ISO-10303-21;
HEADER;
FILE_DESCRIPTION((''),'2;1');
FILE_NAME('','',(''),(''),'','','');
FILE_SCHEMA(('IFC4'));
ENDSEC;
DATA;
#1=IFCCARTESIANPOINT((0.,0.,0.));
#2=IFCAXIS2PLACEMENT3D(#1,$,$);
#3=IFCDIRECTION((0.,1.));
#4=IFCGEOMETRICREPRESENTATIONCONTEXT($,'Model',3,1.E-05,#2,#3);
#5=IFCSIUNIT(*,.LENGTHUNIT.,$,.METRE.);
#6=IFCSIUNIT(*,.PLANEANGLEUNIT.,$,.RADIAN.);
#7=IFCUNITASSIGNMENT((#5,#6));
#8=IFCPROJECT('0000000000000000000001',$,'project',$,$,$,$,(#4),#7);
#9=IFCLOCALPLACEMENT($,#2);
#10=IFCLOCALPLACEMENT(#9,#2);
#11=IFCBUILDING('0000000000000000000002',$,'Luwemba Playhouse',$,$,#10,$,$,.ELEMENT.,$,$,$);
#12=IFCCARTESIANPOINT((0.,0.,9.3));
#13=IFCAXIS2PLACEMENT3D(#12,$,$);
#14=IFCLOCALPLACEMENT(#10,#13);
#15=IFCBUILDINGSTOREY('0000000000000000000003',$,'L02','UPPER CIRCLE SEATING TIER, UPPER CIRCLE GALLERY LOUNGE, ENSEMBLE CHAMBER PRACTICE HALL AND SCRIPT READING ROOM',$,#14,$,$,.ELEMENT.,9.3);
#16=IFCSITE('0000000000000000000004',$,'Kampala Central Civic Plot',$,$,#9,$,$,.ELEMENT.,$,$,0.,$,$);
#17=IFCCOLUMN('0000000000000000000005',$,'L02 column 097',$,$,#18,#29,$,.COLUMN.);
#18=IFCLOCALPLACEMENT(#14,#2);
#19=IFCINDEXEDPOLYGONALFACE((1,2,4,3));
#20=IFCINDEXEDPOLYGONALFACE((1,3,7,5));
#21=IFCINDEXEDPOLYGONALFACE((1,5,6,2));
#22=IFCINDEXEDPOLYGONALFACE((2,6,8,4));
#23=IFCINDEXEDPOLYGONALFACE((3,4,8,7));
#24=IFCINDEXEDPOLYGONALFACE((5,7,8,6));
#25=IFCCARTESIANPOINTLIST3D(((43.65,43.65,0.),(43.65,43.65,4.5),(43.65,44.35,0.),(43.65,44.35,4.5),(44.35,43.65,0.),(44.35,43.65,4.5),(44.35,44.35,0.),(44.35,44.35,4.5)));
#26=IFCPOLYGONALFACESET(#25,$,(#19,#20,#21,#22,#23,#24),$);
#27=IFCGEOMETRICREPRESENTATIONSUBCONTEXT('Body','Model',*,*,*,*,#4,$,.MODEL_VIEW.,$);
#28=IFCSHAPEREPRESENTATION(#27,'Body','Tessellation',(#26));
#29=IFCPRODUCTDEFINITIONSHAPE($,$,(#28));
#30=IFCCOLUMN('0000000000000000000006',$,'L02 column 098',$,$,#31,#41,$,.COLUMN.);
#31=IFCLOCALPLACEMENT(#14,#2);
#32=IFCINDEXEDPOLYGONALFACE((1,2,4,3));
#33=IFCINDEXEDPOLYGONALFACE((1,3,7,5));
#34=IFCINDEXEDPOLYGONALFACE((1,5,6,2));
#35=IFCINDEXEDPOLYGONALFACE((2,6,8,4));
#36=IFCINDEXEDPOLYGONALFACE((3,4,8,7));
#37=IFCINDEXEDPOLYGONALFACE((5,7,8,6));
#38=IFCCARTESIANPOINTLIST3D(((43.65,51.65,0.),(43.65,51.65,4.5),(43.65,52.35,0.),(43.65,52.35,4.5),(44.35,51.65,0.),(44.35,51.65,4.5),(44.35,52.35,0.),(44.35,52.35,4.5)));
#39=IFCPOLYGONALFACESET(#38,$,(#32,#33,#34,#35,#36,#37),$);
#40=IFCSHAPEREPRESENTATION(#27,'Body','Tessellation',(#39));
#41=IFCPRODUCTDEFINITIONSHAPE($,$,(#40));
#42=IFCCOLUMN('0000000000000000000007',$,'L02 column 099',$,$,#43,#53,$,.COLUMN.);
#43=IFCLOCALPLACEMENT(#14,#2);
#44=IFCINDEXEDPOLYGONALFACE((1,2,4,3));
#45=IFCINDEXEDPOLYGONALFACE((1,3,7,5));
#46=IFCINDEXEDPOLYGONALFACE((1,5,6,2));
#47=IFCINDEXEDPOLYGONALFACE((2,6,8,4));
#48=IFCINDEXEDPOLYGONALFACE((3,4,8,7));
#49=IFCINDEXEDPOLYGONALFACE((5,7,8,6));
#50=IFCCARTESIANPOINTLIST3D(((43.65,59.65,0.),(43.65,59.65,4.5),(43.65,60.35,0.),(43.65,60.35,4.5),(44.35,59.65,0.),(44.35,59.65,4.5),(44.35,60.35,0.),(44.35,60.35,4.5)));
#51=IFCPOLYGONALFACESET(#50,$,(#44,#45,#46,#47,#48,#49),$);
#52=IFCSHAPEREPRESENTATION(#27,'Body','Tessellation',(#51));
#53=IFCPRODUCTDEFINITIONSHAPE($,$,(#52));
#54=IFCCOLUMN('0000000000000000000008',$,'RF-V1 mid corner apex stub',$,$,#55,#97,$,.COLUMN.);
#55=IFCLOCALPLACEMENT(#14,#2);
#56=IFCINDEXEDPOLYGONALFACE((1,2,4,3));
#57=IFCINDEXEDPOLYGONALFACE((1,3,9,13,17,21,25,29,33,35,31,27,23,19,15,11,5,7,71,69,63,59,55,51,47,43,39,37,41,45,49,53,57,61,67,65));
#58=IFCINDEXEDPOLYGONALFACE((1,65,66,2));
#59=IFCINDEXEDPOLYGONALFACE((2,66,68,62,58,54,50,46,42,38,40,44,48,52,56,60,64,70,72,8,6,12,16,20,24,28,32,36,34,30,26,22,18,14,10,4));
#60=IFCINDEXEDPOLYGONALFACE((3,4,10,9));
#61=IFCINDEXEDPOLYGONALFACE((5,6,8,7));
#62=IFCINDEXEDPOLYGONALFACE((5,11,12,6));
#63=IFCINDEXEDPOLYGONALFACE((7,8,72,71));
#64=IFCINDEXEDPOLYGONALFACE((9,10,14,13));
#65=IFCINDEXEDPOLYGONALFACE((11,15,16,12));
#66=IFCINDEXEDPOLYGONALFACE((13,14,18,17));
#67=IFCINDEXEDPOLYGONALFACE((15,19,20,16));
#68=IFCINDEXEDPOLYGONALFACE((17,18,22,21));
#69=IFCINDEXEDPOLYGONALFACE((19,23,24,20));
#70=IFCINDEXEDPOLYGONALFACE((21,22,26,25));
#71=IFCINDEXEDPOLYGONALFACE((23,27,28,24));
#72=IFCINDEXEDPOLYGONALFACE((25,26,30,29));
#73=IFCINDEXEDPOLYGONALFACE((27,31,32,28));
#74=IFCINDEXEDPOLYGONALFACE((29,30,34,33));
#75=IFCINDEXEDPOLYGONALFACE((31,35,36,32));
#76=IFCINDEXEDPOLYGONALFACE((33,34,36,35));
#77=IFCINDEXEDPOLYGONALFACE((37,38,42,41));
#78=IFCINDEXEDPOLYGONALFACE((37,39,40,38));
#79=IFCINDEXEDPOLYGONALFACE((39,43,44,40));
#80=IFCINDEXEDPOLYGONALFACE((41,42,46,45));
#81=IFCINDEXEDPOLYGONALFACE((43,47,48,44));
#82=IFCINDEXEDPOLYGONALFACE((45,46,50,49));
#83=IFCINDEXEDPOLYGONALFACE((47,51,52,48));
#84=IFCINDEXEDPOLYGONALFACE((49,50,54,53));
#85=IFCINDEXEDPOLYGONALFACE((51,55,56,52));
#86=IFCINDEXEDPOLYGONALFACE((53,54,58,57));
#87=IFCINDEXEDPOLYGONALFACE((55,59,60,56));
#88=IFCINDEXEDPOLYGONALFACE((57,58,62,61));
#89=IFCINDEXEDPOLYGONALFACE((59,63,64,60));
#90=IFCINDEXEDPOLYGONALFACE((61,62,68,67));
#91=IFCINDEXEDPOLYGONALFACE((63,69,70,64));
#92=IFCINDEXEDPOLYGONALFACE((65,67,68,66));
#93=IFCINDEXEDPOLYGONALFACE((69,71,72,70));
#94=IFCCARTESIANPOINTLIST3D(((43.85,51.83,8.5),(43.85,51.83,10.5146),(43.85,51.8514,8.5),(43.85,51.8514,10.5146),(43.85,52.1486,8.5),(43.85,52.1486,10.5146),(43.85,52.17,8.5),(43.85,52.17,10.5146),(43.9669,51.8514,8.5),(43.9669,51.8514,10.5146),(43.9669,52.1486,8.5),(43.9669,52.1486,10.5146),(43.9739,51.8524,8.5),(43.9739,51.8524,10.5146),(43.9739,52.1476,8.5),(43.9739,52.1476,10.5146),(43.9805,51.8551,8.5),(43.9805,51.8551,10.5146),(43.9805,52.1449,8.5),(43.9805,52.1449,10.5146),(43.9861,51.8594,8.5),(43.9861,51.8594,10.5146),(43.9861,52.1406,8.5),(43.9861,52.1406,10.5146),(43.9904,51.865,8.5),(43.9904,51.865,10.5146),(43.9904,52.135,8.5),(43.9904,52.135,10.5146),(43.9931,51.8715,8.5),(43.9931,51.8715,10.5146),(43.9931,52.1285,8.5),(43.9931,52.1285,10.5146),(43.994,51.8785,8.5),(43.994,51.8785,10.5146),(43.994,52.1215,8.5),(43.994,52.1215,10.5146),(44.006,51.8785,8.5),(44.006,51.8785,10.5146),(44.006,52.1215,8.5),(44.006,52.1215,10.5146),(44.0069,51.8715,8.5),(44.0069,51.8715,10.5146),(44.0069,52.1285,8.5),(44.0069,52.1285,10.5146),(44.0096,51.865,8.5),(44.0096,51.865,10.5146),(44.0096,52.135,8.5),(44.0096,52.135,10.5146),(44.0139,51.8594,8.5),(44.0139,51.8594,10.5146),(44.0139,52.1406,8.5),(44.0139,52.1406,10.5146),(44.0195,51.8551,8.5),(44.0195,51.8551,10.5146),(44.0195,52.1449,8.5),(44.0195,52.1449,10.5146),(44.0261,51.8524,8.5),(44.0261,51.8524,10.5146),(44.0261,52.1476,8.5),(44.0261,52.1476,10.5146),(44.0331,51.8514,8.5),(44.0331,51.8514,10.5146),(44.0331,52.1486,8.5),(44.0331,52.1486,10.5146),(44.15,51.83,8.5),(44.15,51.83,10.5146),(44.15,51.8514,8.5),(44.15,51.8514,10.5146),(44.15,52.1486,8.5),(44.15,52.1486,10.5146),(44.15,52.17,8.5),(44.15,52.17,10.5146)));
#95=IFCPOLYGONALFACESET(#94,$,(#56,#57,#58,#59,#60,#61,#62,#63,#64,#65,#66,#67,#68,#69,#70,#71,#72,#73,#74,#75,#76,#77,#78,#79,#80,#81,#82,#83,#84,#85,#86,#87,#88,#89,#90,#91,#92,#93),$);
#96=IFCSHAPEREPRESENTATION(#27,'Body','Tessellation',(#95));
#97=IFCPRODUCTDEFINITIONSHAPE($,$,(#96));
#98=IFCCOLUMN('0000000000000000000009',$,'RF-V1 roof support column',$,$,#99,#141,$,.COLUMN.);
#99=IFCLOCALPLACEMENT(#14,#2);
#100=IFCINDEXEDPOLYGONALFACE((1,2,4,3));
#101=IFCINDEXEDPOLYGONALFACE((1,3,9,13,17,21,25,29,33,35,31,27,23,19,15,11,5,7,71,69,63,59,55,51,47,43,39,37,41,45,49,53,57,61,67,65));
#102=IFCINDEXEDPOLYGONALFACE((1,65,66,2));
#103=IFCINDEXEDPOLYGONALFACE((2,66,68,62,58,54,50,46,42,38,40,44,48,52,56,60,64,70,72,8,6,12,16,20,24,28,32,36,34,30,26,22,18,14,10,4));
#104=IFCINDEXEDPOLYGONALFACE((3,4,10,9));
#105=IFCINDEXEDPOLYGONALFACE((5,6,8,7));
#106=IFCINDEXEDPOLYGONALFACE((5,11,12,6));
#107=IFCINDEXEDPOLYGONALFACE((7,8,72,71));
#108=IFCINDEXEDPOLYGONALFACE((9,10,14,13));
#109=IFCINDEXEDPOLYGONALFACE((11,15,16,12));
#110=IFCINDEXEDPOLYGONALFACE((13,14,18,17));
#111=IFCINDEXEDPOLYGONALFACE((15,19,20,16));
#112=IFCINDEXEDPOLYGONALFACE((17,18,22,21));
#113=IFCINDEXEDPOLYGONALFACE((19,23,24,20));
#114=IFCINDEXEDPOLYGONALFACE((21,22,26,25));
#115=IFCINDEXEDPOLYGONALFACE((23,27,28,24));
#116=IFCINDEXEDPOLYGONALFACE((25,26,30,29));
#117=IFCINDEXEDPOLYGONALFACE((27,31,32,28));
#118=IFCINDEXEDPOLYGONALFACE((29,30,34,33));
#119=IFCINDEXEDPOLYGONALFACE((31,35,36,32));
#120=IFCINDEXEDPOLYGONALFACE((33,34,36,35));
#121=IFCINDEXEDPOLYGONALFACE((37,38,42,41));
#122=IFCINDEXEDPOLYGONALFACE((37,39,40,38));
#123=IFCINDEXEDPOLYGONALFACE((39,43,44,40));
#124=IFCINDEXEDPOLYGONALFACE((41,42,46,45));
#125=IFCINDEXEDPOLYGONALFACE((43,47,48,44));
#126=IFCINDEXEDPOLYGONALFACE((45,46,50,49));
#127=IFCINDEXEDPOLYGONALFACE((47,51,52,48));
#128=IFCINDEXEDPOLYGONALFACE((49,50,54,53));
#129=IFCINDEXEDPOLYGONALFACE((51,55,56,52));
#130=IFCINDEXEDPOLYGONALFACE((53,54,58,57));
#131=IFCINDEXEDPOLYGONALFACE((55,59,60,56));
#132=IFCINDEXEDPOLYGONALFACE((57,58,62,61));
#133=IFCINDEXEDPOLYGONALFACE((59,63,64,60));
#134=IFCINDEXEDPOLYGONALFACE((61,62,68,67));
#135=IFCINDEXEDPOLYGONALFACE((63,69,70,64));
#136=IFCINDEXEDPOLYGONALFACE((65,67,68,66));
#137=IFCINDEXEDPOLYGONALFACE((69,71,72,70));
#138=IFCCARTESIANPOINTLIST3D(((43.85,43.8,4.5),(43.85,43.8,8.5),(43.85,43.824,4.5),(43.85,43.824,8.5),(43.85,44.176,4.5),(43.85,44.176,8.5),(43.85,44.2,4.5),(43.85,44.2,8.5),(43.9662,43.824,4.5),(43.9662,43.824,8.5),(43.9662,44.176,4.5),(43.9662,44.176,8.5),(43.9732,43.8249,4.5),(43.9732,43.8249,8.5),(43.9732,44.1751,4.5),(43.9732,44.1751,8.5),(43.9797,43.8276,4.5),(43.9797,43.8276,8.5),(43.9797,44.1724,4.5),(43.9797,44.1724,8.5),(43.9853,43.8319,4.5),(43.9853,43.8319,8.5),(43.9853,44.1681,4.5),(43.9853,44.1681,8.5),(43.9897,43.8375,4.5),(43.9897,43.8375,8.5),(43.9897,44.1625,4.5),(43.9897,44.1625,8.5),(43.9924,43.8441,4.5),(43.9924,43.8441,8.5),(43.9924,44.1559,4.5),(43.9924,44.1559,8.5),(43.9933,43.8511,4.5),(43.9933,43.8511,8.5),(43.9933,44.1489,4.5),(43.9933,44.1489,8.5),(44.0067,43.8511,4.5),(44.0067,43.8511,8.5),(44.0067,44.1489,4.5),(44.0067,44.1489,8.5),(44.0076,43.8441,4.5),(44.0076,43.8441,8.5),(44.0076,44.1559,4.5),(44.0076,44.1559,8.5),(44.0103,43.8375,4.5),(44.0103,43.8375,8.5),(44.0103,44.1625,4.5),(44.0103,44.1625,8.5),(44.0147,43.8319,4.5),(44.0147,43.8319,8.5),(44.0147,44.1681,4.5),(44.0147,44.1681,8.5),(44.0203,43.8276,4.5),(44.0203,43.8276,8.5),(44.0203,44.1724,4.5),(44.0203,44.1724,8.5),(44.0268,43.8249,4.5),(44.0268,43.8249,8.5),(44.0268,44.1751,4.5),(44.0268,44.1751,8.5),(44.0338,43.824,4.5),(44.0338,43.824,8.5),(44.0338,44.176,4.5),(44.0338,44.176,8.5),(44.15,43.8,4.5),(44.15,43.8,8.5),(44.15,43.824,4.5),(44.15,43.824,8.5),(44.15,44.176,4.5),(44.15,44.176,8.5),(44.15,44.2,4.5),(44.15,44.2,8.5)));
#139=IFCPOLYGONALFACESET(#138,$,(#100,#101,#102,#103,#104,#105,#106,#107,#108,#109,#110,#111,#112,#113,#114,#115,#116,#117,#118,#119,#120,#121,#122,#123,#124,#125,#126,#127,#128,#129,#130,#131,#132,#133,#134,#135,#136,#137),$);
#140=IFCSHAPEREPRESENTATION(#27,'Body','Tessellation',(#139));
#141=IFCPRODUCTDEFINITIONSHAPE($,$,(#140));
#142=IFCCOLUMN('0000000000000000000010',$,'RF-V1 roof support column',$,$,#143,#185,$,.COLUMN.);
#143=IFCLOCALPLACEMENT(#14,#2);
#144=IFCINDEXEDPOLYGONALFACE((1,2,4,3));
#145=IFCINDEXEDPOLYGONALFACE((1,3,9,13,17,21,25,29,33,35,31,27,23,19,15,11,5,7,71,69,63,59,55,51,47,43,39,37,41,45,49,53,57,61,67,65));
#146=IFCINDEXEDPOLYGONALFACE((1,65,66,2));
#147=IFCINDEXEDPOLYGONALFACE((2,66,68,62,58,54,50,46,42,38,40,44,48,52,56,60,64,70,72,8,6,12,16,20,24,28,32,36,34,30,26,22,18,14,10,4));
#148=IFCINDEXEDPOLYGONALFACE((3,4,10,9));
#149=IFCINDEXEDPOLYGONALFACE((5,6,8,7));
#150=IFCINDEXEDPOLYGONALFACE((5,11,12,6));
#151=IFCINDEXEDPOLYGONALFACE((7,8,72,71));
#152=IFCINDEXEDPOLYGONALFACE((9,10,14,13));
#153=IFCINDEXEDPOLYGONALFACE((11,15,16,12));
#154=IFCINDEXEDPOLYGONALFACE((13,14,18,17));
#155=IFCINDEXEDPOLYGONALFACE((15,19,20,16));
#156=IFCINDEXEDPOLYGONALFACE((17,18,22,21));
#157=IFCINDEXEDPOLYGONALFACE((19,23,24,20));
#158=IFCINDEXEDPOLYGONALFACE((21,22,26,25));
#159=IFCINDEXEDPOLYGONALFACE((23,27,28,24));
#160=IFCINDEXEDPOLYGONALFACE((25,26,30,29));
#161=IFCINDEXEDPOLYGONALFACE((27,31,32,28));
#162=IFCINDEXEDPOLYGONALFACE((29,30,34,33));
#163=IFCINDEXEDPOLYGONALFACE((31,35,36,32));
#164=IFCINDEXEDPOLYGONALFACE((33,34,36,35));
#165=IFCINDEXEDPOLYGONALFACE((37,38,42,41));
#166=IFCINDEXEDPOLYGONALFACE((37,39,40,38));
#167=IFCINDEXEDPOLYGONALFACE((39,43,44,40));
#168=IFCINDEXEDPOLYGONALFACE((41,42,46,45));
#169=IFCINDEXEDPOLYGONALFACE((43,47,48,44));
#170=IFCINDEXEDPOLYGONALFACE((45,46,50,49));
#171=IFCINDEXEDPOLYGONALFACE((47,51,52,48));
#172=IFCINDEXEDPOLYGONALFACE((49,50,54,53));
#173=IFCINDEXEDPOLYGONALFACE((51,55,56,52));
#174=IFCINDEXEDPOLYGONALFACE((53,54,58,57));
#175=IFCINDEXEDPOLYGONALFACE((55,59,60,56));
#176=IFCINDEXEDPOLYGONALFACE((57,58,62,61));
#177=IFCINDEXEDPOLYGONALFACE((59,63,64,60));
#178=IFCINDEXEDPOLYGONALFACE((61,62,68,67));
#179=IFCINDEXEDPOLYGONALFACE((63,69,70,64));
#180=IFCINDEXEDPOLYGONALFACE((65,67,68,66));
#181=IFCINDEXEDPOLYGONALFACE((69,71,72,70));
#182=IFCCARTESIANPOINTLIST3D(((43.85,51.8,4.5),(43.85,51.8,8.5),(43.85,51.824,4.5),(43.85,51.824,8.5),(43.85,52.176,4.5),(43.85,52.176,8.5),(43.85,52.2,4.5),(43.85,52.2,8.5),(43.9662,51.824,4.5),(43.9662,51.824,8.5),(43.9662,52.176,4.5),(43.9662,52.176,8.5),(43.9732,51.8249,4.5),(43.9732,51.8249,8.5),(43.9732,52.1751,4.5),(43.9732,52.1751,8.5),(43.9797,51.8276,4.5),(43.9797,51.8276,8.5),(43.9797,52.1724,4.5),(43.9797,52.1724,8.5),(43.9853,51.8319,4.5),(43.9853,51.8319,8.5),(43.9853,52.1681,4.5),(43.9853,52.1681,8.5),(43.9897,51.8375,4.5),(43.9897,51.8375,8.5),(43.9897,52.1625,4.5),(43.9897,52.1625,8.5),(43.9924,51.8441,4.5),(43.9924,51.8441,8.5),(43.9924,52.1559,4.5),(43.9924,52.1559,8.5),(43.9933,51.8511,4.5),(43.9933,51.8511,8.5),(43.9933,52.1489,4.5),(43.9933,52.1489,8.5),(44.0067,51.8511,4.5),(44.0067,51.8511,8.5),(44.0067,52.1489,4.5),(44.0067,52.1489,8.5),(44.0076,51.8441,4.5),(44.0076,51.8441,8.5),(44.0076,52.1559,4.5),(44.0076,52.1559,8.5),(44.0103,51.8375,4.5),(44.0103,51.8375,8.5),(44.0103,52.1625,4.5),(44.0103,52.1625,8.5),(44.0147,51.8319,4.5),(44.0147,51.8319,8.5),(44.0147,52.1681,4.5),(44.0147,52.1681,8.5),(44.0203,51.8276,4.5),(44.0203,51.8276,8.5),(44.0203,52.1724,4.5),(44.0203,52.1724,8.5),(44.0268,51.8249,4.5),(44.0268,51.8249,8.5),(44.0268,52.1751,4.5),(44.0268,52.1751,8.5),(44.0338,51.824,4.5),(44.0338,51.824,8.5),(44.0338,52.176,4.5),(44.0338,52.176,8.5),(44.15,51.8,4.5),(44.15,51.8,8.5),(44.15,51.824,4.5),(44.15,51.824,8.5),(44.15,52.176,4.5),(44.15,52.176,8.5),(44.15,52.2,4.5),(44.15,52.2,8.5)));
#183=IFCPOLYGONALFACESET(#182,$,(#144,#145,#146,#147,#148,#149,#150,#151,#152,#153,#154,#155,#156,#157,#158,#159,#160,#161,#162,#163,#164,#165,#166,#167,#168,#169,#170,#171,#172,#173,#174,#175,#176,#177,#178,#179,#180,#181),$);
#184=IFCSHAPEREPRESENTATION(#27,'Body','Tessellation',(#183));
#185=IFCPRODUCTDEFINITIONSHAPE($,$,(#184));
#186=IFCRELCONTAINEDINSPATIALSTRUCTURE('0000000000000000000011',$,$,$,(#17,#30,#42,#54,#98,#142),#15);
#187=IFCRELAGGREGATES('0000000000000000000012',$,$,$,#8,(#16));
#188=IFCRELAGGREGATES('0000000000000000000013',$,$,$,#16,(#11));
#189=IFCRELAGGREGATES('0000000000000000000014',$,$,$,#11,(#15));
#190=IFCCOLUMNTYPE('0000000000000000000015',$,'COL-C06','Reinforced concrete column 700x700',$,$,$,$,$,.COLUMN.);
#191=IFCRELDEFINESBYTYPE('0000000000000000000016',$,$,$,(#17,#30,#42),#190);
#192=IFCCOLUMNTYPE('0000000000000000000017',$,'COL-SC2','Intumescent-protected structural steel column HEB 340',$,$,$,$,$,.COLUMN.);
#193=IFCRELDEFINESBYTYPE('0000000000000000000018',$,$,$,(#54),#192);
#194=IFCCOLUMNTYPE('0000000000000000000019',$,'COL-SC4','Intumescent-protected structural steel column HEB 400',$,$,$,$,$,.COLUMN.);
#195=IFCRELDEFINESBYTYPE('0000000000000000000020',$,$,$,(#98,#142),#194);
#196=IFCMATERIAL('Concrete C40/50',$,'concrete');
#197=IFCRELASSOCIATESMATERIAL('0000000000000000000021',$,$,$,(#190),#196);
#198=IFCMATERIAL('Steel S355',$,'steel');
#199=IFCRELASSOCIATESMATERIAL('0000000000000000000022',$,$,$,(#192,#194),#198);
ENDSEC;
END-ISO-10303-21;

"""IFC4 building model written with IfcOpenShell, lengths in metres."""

from ifc_helpers import new_model, si_unit, direction, frame, origin, origin_2d, place, context, subcontext, project, spatial, rectangle, i_section, extrude, material, material_profile, profile_set, type_object, element, save


model = new_model("IFC4")

# Units and contexts
model_context = context("Model", 3, precision=1e-05, world=origin(), true_north=direction((0.0, 1.0)))
body_context = subcontext(model_context, "Body", "Model", "MODEL_VIEW")
ifc_project = project(units=[si_unit("LENGTHUNIT", "METRE"), si_unit("PLANEANGLEUNIT", "RADIAN")], contexts=[model_context])

# Site, building, storey
site_placement = place(None, origin())
site = spatial("IfcSite", under=ifc_project, at=site_placement, Name="Kampala Central Civic Plot", CompositionType="ELEMENT", RefElevation=0.0)
building_placement = place(site_placement, origin())
building = spatial("IfcBuilding", under=site, at=building_placement, Name="Luwemba Playhouse", CompositionType="ELEMENT")
storey_placement = place(building_placement, frame((0.0, 0.0, 9.3)))
storey = spatial("IfcBuildingStorey", under=building, at=storey_placement, Name="L02", Description="UPPER CIRCLE SEATING TIER, UPPER CIRCLE GALLERY LOUNGE, ENSEMBLE CHAMBER PRACTICE HALL AND SCRIPT READING ROOM", CompositionType="ELEMENT", Elevation=9.3)

# Columns
ifc_material_1 = material(Name="Concrete C40/50", Category="concrete")
ifc_material_profile_1 = material_profile(ifc_material_1, rectangle(XDim=0.7, YDim=0.7, at=origin_2d()))
ifc_profile_set_1 = profile_set([ifc_material_profile_1], Name="Concrete C40/50")
column_type_1 = type_object("IfcColumnType", Name="COL-C06", Description="Reinforced concrete column 700x700", PredefinedType="COLUMN", material=ifc_profile_set_1)
for number, where, z_axis, x_axis, name in (
    (1, (44.0, 44.0, 0.0), (0.0, 0.0, 1.0), (1.0, 0.0, 0.0), "L02 column 097"),
    (2, (44.0, 52.0, 0.0), (0.0, 0.0, 1.0), (1.0, 0.0, 0.0), "L02 column 098"),
    (3, (44.0, 60.0, 0.0), (0.0, 0.0, 1.0), (1.0, 0.0, 0.0), "L02 column 099"),
):
    element("IfcColumn", number, at=place(storey_placement, frame(where, z_axis=z_axis, x_axis=x_axis)), inside=storey, type_object=column_type_1, Name=name, PredefinedType="COLUMN", context=body_context, shape_type="SweptSolid", body=[
        extrude(rectangle(XDim=0.7, YDim=0.7, at=origin_2d()), origin(), (0.0, 0.0, 1.0), 4.5),
    ])
ifc_material_2 = material(Name="Steel S355", Category="steel")
ifc_material_profile_2 = material_profile(ifc_material_2, i_section(OverallWidth=0.3, OverallDepth=0.3401, WebThickness=0.012, FlangeThickness=0.0215, FilletRadius=0.0271, at=origin_2d()))
ifc_profile_set_2 = profile_set([ifc_material_profile_2], Name="Steel S355")
column_type_2 = type_object("IfcColumnType", Name="COL-SC2", Description="Intumescent-protected structural steel column HEB 340", PredefinedType="COLUMN", material=ifc_profile_set_2)
column_placement = place(storey_placement, frame((44.0, 52.0, 8.5), z_axis=(0.0, 0.0, 1.0), x_axis=(1.0, 0.0, 0.0)))
element("IfcColumn", 4, at=column_placement, inside=storey, type_object=column_type_2, Name="RF-V1 mid corner apex stub", PredefinedType="COLUMN", context=body_context, shape_type="SweptSolid", body=[
    extrude(i_section(OverallWidth=0.3, OverallDepth=0.3401, WebThickness=0.012, FlangeThickness=0.0215, FilletRadius=0.0271, at=origin_2d()), origin(), (0.0, 0.0, 1.0), 2.0146),
])
ifc_material_profile_3 = material_profile(ifc_material_2, i_section(OverallWidth=0.3, OverallDepth=0.3999, WebThickness=0.0134, FlangeThickness=0.0239, FilletRadius=0.0271, at=origin_2d()))
ifc_profile_set_3 = profile_set([ifc_material_profile_3], Name="Steel S355")
column_type_3 = type_object("IfcColumnType", Name="COL-SC4", Description="Intumescent-protected structural steel column HEB 400", PredefinedType="COLUMN", material=ifc_profile_set_3)
for number, where, z_axis, x_axis, name in (
    (5, (44.0, 44.0, 4.5), (0.0, 0.0, 1.0), (1.0, 0.0, 0.0), "RF-V1 roof support column"),
    (6, (44.0, 52.0, 4.5), (0.0, 0.0, 1.0), (1.0, 0.0, 0.0), "RF-V1 roof support column"),
):
    element("IfcColumn", number, at=place(storey_placement, frame(where, z_axis=z_axis, x_axis=x_axis)), inside=storey, type_object=column_type_3, Name=name, PredefinedType="COLUMN", context=body_context, shape_type="SweptSolid", body=[
        extrude(i_section(OverallWidth=0.3, OverallDepth=0.3999, WebThickness=0.0134, FlangeThickness=0.0239, FilletRadius=0.0271, at=origin_2d()), origin(), (0.0, 0.0, 1.0), 4.0),
    ])

save(model, "model.ifc")
